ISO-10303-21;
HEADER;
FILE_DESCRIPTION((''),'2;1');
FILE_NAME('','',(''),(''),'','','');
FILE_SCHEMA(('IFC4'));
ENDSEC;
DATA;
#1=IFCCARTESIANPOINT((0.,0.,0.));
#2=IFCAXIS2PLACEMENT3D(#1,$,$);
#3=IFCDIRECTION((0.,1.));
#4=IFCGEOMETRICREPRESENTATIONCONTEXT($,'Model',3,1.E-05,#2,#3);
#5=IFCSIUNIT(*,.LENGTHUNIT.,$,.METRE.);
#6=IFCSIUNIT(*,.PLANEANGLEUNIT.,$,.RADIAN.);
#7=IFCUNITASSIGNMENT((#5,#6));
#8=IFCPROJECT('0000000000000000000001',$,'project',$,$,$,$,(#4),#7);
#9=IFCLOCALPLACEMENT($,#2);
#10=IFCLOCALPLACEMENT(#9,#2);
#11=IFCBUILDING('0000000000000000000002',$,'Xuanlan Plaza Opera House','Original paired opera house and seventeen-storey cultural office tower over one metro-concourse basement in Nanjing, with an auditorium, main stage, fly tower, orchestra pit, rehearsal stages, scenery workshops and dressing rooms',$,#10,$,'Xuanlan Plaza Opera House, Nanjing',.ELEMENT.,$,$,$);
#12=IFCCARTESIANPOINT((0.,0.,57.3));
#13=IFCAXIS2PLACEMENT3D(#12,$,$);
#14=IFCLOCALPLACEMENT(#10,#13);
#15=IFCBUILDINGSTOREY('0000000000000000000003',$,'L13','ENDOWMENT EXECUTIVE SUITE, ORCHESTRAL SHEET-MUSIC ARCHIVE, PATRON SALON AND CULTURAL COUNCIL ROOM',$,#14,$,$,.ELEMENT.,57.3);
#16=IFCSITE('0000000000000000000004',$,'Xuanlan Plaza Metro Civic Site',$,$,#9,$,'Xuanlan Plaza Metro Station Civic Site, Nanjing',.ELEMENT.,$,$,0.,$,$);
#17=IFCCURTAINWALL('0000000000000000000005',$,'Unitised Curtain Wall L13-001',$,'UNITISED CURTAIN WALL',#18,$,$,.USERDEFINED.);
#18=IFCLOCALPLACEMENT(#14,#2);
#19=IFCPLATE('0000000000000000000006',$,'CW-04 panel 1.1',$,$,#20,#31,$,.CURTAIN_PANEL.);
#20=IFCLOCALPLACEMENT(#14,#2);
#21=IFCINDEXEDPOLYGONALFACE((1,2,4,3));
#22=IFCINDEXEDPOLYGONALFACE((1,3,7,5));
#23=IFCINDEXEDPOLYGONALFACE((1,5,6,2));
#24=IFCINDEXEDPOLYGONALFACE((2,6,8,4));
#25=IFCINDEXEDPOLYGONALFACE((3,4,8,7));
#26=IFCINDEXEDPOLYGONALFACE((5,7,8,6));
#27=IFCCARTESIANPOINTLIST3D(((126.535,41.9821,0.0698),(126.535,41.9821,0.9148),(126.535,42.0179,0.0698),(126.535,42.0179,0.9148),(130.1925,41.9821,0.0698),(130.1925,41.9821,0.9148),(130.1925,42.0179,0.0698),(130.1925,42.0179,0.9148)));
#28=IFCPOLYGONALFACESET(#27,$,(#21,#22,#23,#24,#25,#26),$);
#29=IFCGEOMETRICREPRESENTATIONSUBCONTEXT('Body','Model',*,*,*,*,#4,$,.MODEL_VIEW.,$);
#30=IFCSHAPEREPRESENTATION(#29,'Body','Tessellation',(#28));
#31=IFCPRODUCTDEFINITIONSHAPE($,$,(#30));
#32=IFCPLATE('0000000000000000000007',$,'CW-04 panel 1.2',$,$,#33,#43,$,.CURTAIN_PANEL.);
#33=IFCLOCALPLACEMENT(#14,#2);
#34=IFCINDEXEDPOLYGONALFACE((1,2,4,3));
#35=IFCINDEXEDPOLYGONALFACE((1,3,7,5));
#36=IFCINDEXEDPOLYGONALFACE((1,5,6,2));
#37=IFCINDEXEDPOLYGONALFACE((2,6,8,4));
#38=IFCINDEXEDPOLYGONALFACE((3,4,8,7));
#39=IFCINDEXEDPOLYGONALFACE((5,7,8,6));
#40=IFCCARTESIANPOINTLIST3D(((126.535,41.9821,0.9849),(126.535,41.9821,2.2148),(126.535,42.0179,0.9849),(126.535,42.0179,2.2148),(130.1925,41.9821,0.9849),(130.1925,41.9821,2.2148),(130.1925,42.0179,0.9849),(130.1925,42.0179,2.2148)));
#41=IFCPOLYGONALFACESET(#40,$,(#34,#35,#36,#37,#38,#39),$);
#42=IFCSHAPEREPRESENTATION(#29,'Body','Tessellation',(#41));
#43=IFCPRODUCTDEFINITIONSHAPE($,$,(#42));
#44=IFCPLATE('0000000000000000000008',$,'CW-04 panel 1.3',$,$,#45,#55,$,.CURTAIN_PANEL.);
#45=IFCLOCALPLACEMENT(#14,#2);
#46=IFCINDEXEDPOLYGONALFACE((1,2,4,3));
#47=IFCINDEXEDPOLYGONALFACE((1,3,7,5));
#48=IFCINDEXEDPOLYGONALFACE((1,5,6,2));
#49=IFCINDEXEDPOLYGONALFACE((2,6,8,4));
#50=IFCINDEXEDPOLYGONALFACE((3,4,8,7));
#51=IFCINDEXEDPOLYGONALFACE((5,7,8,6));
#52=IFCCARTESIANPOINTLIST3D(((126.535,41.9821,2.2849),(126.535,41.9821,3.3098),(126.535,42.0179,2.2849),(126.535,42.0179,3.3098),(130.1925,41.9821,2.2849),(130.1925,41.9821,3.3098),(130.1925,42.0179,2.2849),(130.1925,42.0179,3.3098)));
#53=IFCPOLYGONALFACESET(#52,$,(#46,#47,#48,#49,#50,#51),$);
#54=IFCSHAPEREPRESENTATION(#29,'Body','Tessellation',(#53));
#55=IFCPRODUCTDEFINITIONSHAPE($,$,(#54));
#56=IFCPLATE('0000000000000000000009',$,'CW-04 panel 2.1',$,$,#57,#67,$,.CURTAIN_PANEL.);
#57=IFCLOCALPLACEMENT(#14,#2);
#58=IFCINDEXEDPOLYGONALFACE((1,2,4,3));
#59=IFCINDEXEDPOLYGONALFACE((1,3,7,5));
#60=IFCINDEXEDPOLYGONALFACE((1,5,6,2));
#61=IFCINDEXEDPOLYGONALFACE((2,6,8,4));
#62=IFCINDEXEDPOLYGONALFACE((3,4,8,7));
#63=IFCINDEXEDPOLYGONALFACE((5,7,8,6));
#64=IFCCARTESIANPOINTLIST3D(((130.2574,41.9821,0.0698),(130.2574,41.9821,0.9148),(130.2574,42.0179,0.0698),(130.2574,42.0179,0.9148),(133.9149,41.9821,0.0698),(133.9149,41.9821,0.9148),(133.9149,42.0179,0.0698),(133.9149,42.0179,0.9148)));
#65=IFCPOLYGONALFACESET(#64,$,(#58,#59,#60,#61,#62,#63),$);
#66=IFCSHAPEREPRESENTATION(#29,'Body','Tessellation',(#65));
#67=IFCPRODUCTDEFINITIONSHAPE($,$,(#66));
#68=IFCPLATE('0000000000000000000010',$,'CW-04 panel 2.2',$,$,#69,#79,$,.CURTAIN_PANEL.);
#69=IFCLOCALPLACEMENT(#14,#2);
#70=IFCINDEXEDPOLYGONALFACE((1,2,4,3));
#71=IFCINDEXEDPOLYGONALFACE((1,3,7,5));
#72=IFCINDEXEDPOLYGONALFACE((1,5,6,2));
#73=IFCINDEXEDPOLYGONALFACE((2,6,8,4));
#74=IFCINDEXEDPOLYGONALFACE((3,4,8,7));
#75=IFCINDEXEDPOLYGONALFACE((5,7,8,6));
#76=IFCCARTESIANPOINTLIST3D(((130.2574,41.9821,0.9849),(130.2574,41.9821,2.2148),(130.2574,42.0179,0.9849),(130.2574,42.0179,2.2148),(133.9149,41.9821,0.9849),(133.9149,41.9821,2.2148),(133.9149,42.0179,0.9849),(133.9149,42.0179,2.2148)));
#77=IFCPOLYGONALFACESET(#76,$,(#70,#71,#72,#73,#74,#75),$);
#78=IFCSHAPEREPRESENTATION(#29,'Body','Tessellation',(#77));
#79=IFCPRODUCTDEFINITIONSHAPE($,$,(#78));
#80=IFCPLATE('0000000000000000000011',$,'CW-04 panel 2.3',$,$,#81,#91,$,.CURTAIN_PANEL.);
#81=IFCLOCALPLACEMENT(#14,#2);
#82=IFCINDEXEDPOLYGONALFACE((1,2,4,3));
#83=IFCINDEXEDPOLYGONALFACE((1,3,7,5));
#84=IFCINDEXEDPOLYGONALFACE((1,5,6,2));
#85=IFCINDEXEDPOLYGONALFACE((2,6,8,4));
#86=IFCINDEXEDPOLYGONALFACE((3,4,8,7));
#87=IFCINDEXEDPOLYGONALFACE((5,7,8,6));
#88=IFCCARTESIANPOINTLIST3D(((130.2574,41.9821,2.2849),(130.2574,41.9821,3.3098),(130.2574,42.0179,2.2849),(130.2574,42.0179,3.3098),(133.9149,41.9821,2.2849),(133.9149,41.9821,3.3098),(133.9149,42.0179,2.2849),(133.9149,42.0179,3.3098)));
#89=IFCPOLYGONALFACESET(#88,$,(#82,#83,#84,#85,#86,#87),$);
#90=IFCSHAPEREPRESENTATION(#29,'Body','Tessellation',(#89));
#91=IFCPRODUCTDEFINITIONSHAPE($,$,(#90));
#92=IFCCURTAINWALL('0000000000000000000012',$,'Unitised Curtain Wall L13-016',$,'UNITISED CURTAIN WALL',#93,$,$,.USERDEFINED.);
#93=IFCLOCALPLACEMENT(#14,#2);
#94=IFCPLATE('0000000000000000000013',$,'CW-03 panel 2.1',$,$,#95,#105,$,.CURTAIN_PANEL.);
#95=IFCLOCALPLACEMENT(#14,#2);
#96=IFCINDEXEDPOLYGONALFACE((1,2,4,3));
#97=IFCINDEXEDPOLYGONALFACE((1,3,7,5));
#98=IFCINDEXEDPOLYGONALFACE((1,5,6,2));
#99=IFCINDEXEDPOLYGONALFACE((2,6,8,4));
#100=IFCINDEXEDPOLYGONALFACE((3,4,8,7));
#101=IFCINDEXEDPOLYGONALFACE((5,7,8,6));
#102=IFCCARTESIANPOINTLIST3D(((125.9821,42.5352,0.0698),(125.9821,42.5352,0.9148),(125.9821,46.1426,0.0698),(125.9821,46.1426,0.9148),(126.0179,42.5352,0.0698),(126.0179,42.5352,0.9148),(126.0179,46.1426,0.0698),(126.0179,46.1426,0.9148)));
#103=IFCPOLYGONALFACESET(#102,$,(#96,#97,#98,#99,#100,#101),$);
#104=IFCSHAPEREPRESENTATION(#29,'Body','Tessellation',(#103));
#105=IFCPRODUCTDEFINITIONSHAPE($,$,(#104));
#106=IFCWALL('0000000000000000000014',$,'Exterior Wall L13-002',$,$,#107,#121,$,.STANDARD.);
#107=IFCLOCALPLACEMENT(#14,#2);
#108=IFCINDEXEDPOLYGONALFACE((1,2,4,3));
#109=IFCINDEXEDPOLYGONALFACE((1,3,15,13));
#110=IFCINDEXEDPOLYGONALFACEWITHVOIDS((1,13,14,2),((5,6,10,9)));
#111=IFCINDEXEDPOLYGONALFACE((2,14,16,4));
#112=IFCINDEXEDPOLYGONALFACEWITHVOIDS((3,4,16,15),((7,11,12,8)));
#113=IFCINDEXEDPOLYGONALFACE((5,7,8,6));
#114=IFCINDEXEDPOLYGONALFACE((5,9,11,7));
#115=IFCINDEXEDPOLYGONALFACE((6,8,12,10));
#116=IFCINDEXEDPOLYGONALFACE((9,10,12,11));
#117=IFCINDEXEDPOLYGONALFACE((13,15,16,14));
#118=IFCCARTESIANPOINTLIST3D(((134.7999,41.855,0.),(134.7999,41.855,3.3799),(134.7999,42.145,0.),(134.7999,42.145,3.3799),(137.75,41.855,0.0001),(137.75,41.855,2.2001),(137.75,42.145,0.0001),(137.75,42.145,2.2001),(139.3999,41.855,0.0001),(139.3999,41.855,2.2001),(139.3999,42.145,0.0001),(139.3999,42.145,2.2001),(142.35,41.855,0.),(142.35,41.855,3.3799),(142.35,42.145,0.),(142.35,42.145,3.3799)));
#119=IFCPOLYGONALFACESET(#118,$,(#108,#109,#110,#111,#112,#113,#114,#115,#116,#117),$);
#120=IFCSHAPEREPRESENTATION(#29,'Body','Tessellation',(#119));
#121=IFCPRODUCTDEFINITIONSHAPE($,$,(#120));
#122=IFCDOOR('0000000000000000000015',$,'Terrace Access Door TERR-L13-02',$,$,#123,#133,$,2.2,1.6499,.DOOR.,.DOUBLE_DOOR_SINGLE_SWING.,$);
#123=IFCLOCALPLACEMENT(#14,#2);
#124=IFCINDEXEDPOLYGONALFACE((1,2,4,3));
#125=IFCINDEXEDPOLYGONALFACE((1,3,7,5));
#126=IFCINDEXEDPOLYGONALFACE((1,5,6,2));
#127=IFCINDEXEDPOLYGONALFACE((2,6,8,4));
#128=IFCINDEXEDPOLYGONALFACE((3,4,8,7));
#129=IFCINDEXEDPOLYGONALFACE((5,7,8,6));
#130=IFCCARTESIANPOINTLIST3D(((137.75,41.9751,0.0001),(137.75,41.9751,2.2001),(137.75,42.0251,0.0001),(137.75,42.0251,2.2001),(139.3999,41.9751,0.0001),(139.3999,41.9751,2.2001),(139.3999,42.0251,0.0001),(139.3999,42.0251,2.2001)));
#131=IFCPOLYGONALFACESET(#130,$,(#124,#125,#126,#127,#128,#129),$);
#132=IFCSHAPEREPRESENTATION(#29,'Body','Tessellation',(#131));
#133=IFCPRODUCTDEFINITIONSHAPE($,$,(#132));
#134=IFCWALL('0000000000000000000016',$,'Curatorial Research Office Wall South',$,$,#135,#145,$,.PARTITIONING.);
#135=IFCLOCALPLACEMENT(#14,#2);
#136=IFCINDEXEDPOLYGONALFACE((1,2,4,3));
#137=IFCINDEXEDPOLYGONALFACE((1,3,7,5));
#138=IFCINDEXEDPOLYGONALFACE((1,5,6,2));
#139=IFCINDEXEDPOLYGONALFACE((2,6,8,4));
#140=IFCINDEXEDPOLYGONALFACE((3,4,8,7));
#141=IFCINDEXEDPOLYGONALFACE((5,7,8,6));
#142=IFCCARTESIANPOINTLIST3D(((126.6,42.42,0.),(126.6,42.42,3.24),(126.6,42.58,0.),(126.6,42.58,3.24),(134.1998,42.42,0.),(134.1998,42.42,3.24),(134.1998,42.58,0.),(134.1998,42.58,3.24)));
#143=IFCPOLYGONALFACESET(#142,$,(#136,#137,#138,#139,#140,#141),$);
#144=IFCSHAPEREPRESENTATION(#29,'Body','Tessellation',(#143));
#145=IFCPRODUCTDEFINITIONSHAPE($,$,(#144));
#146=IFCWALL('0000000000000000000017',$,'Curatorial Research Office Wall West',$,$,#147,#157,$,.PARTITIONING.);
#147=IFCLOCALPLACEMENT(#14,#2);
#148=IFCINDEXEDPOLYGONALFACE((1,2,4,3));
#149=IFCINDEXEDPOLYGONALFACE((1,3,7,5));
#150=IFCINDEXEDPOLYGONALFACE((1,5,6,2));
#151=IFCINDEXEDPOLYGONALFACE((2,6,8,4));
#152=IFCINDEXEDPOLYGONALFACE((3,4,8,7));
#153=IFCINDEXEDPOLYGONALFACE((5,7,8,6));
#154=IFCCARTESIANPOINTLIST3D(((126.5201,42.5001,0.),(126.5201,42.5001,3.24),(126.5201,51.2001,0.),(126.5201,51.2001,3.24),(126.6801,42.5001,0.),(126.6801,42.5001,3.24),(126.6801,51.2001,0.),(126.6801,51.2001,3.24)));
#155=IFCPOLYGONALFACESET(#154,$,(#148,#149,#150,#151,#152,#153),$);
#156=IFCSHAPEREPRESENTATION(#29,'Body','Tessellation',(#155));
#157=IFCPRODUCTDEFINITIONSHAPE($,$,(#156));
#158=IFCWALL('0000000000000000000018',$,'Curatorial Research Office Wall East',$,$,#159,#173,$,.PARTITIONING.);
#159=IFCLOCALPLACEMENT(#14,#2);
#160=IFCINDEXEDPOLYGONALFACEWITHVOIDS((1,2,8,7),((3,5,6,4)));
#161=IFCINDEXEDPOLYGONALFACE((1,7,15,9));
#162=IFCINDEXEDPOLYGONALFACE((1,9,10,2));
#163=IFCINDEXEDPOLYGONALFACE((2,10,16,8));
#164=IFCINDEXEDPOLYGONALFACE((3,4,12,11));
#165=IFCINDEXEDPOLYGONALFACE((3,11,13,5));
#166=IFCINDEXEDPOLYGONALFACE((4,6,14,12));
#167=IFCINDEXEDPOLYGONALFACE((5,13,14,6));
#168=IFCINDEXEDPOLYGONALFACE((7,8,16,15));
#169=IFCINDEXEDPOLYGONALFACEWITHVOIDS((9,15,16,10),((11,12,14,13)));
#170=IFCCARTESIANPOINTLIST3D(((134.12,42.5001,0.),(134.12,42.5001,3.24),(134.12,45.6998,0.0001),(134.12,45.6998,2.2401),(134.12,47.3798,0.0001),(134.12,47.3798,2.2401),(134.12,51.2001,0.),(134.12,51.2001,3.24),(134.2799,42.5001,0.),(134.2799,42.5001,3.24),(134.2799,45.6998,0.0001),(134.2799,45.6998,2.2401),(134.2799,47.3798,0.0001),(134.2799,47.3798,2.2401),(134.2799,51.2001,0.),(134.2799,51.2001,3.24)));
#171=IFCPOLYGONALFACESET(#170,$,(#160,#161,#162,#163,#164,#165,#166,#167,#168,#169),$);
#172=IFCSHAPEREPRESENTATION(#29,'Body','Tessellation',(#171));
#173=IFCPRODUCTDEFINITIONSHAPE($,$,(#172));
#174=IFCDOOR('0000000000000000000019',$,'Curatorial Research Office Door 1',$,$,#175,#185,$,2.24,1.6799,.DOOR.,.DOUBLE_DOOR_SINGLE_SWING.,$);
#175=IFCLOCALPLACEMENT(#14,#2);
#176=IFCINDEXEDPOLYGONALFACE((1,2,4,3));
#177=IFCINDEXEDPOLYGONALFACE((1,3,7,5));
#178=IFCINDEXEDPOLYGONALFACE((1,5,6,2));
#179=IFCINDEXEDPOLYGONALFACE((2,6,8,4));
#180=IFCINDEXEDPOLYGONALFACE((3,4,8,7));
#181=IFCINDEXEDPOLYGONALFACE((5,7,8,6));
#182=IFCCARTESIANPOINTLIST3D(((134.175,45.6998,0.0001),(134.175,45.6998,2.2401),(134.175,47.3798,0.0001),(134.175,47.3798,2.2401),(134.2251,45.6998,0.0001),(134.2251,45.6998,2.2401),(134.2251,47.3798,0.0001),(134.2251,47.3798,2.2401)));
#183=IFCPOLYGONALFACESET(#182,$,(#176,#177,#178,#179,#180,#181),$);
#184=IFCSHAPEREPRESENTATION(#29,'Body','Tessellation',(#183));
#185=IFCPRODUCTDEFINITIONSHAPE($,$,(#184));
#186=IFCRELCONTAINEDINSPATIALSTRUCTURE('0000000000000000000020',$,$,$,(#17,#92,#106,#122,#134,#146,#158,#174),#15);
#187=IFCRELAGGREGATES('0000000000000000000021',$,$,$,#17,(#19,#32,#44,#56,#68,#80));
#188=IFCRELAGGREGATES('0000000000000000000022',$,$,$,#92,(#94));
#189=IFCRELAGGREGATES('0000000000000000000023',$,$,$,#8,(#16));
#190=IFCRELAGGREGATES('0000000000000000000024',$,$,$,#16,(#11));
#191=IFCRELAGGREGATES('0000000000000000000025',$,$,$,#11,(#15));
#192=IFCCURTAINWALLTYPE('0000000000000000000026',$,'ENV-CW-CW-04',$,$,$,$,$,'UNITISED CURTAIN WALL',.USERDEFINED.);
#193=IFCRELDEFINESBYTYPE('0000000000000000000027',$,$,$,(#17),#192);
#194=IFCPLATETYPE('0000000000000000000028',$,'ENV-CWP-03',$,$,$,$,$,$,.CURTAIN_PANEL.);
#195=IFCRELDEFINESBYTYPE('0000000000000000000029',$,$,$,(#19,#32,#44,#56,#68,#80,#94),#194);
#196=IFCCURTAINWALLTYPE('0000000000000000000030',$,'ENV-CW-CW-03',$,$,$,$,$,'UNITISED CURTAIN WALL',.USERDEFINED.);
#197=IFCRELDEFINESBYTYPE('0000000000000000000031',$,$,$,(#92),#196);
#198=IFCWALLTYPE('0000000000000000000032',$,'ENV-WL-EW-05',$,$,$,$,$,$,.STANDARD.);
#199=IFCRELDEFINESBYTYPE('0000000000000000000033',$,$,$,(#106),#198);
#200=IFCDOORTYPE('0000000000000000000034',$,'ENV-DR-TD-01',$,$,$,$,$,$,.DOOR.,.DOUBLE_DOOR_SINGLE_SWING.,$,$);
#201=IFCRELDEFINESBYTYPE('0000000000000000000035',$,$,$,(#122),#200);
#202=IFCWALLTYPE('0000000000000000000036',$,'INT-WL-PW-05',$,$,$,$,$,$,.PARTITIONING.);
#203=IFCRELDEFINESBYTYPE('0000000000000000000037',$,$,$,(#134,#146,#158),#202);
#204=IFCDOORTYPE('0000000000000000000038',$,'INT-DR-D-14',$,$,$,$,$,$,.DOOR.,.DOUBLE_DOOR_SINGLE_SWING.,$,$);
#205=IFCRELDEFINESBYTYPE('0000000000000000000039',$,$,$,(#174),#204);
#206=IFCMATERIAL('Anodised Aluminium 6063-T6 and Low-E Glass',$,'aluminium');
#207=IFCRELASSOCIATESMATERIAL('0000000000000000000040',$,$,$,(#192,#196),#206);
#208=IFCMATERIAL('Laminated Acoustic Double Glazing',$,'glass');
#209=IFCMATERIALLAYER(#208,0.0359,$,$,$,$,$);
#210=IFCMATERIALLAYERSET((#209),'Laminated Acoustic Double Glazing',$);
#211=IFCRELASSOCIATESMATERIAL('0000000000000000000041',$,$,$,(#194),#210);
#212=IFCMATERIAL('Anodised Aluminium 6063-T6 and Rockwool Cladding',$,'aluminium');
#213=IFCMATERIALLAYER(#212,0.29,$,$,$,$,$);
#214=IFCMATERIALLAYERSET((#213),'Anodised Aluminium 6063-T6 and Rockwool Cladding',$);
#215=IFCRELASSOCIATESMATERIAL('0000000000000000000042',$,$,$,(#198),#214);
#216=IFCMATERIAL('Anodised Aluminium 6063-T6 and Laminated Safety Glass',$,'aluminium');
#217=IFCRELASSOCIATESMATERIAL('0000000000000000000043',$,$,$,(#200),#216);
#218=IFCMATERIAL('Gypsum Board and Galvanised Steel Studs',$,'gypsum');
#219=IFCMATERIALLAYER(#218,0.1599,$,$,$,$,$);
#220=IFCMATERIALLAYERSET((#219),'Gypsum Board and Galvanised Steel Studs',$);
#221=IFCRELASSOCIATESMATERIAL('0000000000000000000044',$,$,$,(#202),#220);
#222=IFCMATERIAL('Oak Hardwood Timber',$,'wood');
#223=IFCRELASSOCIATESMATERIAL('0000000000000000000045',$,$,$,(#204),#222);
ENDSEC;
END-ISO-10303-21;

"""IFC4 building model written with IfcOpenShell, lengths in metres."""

from ifc_helpers import new_model, si_unit, direction, frame, frame_2d, origin, origin_2d, place, context, subcontext, project, spatial, rectangle, extrude, material, layer, layer_set, type_object, element, fill, aggregate, save


model = new_model("IFC4")

# Units and contexts
model_context = context("Model", 3, precision=1e-05, world=origin(), true_north=direction((0.0, 1.0)))
body_context = subcontext(model_context, "Body", "Model", "MODEL_VIEW")
ifc_project = project(units=[si_unit("LENGTHUNIT", "METRE"), si_unit("PLANEANGLEUNIT", "RADIAN")], contexts=[model_context])

# Site, building, storey
site_placement = place(None, origin())
site = spatial("IfcSite", under=ifc_project, at=site_placement, Name="Xuanlan Plaza Metro Civic Site", LongName="Xuanlan Plaza Metro Station Civic Site, Nanjing", CompositionType="ELEMENT", RefElevation=0.0)
building_placement = place(site_placement, origin())
building = spatial("IfcBuilding", under=site, at=building_placement, Name="Xuanlan Plaza Opera House", Description="Original paired opera house and seventeen-storey cultural office tower over one metro-concourse basement in Nanjing, with an auditorium, main stage, fly tower, orchestra pit, rehearsal stages, scenery workshops and dressing rooms", LongName="Xuanlan Plaza Opera House, Nanjing", CompositionType="ELEMENT")
storey_placement = place(building_placement, frame((0.0, 0.0, 57.3)))
storey = spatial("IfcBuildingStorey", under=building, at=storey_placement, Name="L13", Description="ENDOWMENT EXECUTIVE SUITE, ORCHESTRAL SHEET-MUSIC ARCHIVE, PATRON SALON AND CULTURAL COUNCIL ROOM", CompositionType="ELEMENT", Elevation=57.3)

# Curtain wall
ifc_material_1 = material(Name="Anodised Aluminium 6063-T6 and Low-E Glass", Category="aluminium")
curtain_wall_type_1 = type_object("IfcCurtainWallType", Name="ENV-CW-CW-04", ElementType="UNITISED CURTAIN WALL", PredefinedType="USERDEFINED", material=ifc_material_1)
curtain_wall_1_placement = place(storey_placement, origin())
curtain_wall_1 = element("IfcCurtainWall", 1, at=curtain_wall_1_placement, inside=storey, type_object=curtain_wall_type_1, Name="Unitised Curtain Wall L13-001", ObjectType="UNITISED CURTAIN WALL", PredefinedType="USERDEFINED")

# Plates
ifc_material_2 = material(Name="Laminated Acoustic Double Glazing", Category="glass")
ifc_layer_1 = layer(ifc_material_2, 0.0359)
ifc_layer_set_1 = layer_set([ifc_layer_1], Name="Laminated Acoustic Double Glazing")
plate_type = type_object("IfcPlateType", Name="ENV-CWP-03", PredefinedType="CURTAIN_PANEL", material=ifc_layer_set_1)
plate_1_placement = place(storey_placement, frame((128.3638, 42.0, 0.0698), z_axis=(0.0, 0.0, 1.0), x_axis=(1.0, 0.0, 0.0)))
plate_1 = element("IfcPlate", 2, at=plate_1_placement, type_object=plate_type, Name="CW-04 panel 1.1", PredefinedType="CURTAIN_PANEL", context=body_context, shape_type="SweptSolid", body=[
    extrude(rectangle(XDim=3.6575, YDim=0.0359, at=origin_2d()), origin(), (0.0, 0.0, 1.0), 0.845),
])
plate_2_placement = place(storey_placement, frame((128.3638, 42.0, 0.9849), z_axis=(0.0, 0.0, 1.0), x_axis=(1.0, 0.0, 0.0)))
plate_2 = element("IfcPlate", 3, at=plate_2_placement, type_object=plate_type, Name="CW-04 panel 1.2", PredefinedType="CURTAIN_PANEL", context=body_context, shape_type="SweptSolid", body=[
    extrude(rectangle(XDim=3.6575, YDim=0.0359, at=origin_2d()), origin(), (0.0, 0.0, 1.0), 1.23),
])
plate_3_placement = place(storey_placement, frame((128.3638, 42.0, 2.2849), z_axis=(0.0, 0.0, 1.0), x_axis=(1.0, 0.0, 0.0)))
plate_3 = element("IfcPlate", 4, at=plate_3_placement, type_object=plate_type, Name="CW-04 panel 1.3", PredefinedType="CURTAIN_PANEL", context=body_context, shape_type="SweptSolid", body=[
    extrude(rectangle(XDim=3.6575, YDim=0.0359, at=origin_2d()), origin(), (0.0, 0.0, 1.0), 1.0249),
])
plate_4_placement = place(storey_placement, frame((132.0862, 42.0, 0.0698), z_axis=(0.0, 0.0, 1.0), x_axis=(1.0, 0.0, 0.0)))
plate_4 = element("IfcPlate", 5, at=plate_4_placement, type_object=plate_type, Name="CW-04 panel 2.1", PredefinedType="CURTAIN_PANEL", context=body_context, shape_type="SweptSolid", body=[
    extrude(rectangle(XDim=3.6575, YDim=0.0359, at=origin_2d()), origin(), (0.0, 0.0, 1.0), 0.845),
])
plate_5_placement = place(storey_placement, frame((132.0862, 42.0, 0.9849), z_axis=(0.0, 0.0, 1.0), x_axis=(1.0, 0.0, 0.0)))
plate_5 = element("IfcPlate", 6, at=plate_5_placement, type_object=plate_type, Name="CW-04 panel 2.2", PredefinedType="CURTAIN_PANEL", context=body_context, shape_type="SweptSolid", body=[
    extrude(rectangle(XDim=3.6575, YDim=0.0359, at=origin_2d()), origin(), (0.0, 0.0, 1.0), 1.23),
])
plate_6_placement = place(storey_placement, frame((132.0862, 42.0, 2.2849), z_axis=(0.0, 0.0, 1.0), x_axis=(1.0, 0.0, 0.0)))
plate_6 = element("IfcPlate", 7, at=plate_6_placement, type_object=plate_type, Name="CW-04 panel 2.3", PredefinedType="CURTAIN_PANEL", context=body_context, shape_type="SweptSolid", body=[
    extrude(rectangle(XDim=3.6575, YDim=0.0359, at=origin_2d()), origin(), (0.0, 0.0, 1.0), 1.0249),
])
aggregate(curtain_wall_1, [plate_1, plate_2, plate_3, plate_4, plate_5, plate_6])

# Curtain wall, plate
curtain_wall_type_2 = type_object("IfcCurtainWallType", Name="ENV-CW-CW-03", ElementType="UNITISED CURTAIN WALL", PredefinedType="USERDEFINED", material=ifc_material_1)
curtain_wall_2_placement = place(storey_placement, origin())
curtain_wall_2 = element("IfcCurtainWall", 8, at=curtain_wall_2_placement, inside=storey, type_object=curtain_wall_type_2, Name="Unitised Curtain Wall L13-016", ObjectType="UNITISED CURTAIN WALL", PredefinedType="USERDEFINED")
plate_7_placement = place(storey_placement, frame((126.0, 44.3389, 0.0698), z_axis=(0.0, 0.0, 1.0), x_axis=(0.0, -1.0, 0.0)))
plate_7 = element("IfcPlate", 9, at=plate_7_placement, type_object=plate_type, Name="CW-03 panel 2.1", PredefinedType="CURTAIN_PANEL", context=body_context, shape_type="SweptSolid", body=[
    extrude(rectangle(XDim=3.6074, YDim=0.0359, at=origin_2d()), origin(), (0.0, 0.0, 1.0), 0.845),
])
aggregate(curtain_wall_2, [plate_7])

# Wall, opening, door
ifc_material_3 = material(Name="Anodised Aluminium 6063-T6 and Rockwool Cladding", Category="aluminium")
ifc_layer_2 = layer(ifc_material_3, 0.29)
ifc_layer_set_2 = layer_set([ifc_layer_2], Name="Anodised Aluminium 6063-T6 and Rockwool Cladding")
wall_type_1 = type_object("IfcWallType", Name="ENV-WL-EW-05", PredefinedType="STANDARD", material=ifc_layer_set_2)
wall_1_placement = place(storey_placement, frame((134.8, 42.0, 0.0), z_axis=(0.0, 0.0, 1.0), x_axis=(1.0, 0.0, 0.0)))
wall_1 = element("IfcWall", 10, at=wall_1_placement, inside=storey, type_object=wall_type_1, Name="Exterior Wall L13-002", PredefinedType="STANDARD", context=body_context, shape_type="SweptSolid", body=[
    extrude(rectangle(XDim=7.55, YDim=0.29, at=frame_2d((3.7749, 0.0))), origin(), (0.0, 0.0, 1.0), 3.3799),
])
opening_1_placement = place(wall_1_placement, frame((2.95, 0.0, 0.0)))
opening_1 = element("IfcOpeningElement", 11, at=opening_1_placement, cuts=wall_1, PredefinedType="OPENING", context=body_context, shape_type="SweptSolid", body=[
    extrude(rectangle(XDim=1.6499, YDim=2.2, at=frame_2d((0.825, 1.1001))), frame((0.0, 0.155, 0.0), z_axis=(0.0, -1.0, 0.0), x_axis=(1.0, 0.0, 0.0)), (0.0, 0.0, 1.0), 0.3101),
])
ifc_material_4 = material(Name="Anodised Aluminium 6063-T6 and Laminated Safety Glass", Category="aluminium")
door_type_1 = type_object("IfcDoorType", Name="ENV-DR-TD-01", OperationType="DOUBLE_DOOR_SINGLE_SWING", PredefinedType="DOOR", material=ifc_material_4)
door_1_placement = place(opening_1_placement, frame((1.6499, 0.0, 0.0), z_axis=(0.0, 0.0, 1.0), x_axis=(-1.0, 0.0, 0.0)))
door_1 = element("IfcDoor", 12, at=door_1_placement, inside=storey, type_object=door_type_1, Name="Terrace Access Door TERR-L13-02", OperationType="DOUBLE_DOOR_SINGLE_SWING", OverallHeight=2.2, OverallWidth=1.6499, PredefinedType="DOOR", context=body_context, shape_type="SweptSolid", body=[
    extrude(rectangle(XDim=1.6499, YDim=2.2, at=frame_2d((0.825, 1.1001))), frame((0.0, 0.0249, 0.0), z_axis=(0.0, -1.0, 0.0), x_axis=(1.0, 0.0, 0.0)), (0.0, 0.0, 1.0), 0.05),
])
fill(opening_1, door_1)

# Walls
ifc_material_5 = material(Name="Gypsum Board and Galvanised Steel Studs", Category="gypsum")
ifc_layer_3 = layer(ifc_material_5, 0.1599)
ifc_layer_set_3 = layer_set([ifc_layer_3], Name="Gypsum Board and Galvanised Steel Studs")
wall_type_2 = type_object("IfcWallType", Name="INT-WL-PW-05", PredefinedType="PARTITIONING", material=ifc_layer_set_3)
wall_2_placement = place(storey_placement, frame((126.6001, 42.5, 0.0), z_axis=(0.0, 0.0, 1.0), x_axis=(1.0, 0.0, 0.0)))
element("IfcWall", 13, at=wall_2_placement, inside=storey, type_object=wall_type_2, Name="Curatorial Research Office Wall South", PredefinedType="PARTITIONING", context=body_context, shape_type="SweptSolid", body=[
    extrude(rectangle(XDim=7.5999, YDim=0.1599, at=frame_2d((3.7998, 0.0))), origin(), (0.0, 0.0, 1.0), 3.24),
])
wall_3_placement = place(storey_placement, frame((126.6001, 42.5, 0.0), z_axis=(0.0, 0.0, 1.0), x_axis=(0.0, 1.0, 0.0)))
element("IfcWall", 14, at=wall_3_placement, inside=storey, type_object=wall_type_2, Name="Curatorial Research Office Wall West", PredefinedType="PARTITIONING", context=body_context, shape_type="SweptSolid", body=[
    extrude(rectangle(XDim=8.7, YDim=0.1599, at=frame_2d((4.3501, 0.0))), origin(), (0.0, 0.0, 1.0), 3.24),
])

# Wall, opening, door
wall_4_placement = place(storey_placement, frame((134.2, 42.5, 0.0), z_axis=(0.0, 0.0, 1.0), x_axis=(0.0, 1.0, 0.0)))
wall_4 = element("IfcWall", 15, at=wall_4_placement, inside=storey, type_object=wall_type_2, Name="Curatorial Research Office Wall East", PredefinedType="PARTITIONING", context=body_context, shape_type="SweptSolid", body=[
    extrude(rectangle(XDim=8.7, YDim=0.1599, at=frame_2d((4.3501, 0.0))), origin(), (0.0, 0.0, 1.0), 3.24),
])
opening_2_placement = place(wall_4_placement, frame((3.2, 0.0, 0.0)))
opening_2 = element("IfcOpeningElement", 16, at=opening_2_placement, cuts=wall_4, PredefinedType="OPENING", context=body_context, shape_type="SweptSolid", body=[
    extrude(rectangle(XDim=1.6799, YDim=2.24, at=frame_2d((0.8398, 1.1201))), frame((0.0, 0.0898, 0.0), z_axis=(0.0, -1.0, 0.0), x_axis=(1.0, 0.0, 0.0)), (0.0, 0.0, 1.0), 0.1799),
])
ifc_material_6 = material(Name="Oak Hardwood Timber", Category="wood")
door_type_2 = type_object("IfcDoorType", Name="INT-DR-D-14", OperationType="DOUBLE_DOOR_SINGLE_SWING", PredefinedType="DOOR", material=ifc_material_6)
door_2_placement = place(opening_2_placement, origin())
door_2 = element("IfcDoor", 17, at=door_2_placement, inside=storey, type_object=door_type_2, Name="Curatorial Research Office Door 1", OperationType="DOUBLE_DOOR_SINGLE_SWING", OverallHeight=2.24, OverallWidth=1.6799, PredefinedType="DOOR", context=body_context, shape_type="SweptSolid", body=[
    extrude(rectangle(XDim=1.6799, YDim=2.24, at=frame_2d((0.8398, 1.1201))), frame((0.0, 0.0249, 0.0), z_axis=(0.0, -1.0, 0.0), x_axis=(1.0, 0.0, 0.0)), (0.0, 0.0, 1.0), 0.05),
])
fill(opening_2, door_2)

save(model, "model.ifc")
